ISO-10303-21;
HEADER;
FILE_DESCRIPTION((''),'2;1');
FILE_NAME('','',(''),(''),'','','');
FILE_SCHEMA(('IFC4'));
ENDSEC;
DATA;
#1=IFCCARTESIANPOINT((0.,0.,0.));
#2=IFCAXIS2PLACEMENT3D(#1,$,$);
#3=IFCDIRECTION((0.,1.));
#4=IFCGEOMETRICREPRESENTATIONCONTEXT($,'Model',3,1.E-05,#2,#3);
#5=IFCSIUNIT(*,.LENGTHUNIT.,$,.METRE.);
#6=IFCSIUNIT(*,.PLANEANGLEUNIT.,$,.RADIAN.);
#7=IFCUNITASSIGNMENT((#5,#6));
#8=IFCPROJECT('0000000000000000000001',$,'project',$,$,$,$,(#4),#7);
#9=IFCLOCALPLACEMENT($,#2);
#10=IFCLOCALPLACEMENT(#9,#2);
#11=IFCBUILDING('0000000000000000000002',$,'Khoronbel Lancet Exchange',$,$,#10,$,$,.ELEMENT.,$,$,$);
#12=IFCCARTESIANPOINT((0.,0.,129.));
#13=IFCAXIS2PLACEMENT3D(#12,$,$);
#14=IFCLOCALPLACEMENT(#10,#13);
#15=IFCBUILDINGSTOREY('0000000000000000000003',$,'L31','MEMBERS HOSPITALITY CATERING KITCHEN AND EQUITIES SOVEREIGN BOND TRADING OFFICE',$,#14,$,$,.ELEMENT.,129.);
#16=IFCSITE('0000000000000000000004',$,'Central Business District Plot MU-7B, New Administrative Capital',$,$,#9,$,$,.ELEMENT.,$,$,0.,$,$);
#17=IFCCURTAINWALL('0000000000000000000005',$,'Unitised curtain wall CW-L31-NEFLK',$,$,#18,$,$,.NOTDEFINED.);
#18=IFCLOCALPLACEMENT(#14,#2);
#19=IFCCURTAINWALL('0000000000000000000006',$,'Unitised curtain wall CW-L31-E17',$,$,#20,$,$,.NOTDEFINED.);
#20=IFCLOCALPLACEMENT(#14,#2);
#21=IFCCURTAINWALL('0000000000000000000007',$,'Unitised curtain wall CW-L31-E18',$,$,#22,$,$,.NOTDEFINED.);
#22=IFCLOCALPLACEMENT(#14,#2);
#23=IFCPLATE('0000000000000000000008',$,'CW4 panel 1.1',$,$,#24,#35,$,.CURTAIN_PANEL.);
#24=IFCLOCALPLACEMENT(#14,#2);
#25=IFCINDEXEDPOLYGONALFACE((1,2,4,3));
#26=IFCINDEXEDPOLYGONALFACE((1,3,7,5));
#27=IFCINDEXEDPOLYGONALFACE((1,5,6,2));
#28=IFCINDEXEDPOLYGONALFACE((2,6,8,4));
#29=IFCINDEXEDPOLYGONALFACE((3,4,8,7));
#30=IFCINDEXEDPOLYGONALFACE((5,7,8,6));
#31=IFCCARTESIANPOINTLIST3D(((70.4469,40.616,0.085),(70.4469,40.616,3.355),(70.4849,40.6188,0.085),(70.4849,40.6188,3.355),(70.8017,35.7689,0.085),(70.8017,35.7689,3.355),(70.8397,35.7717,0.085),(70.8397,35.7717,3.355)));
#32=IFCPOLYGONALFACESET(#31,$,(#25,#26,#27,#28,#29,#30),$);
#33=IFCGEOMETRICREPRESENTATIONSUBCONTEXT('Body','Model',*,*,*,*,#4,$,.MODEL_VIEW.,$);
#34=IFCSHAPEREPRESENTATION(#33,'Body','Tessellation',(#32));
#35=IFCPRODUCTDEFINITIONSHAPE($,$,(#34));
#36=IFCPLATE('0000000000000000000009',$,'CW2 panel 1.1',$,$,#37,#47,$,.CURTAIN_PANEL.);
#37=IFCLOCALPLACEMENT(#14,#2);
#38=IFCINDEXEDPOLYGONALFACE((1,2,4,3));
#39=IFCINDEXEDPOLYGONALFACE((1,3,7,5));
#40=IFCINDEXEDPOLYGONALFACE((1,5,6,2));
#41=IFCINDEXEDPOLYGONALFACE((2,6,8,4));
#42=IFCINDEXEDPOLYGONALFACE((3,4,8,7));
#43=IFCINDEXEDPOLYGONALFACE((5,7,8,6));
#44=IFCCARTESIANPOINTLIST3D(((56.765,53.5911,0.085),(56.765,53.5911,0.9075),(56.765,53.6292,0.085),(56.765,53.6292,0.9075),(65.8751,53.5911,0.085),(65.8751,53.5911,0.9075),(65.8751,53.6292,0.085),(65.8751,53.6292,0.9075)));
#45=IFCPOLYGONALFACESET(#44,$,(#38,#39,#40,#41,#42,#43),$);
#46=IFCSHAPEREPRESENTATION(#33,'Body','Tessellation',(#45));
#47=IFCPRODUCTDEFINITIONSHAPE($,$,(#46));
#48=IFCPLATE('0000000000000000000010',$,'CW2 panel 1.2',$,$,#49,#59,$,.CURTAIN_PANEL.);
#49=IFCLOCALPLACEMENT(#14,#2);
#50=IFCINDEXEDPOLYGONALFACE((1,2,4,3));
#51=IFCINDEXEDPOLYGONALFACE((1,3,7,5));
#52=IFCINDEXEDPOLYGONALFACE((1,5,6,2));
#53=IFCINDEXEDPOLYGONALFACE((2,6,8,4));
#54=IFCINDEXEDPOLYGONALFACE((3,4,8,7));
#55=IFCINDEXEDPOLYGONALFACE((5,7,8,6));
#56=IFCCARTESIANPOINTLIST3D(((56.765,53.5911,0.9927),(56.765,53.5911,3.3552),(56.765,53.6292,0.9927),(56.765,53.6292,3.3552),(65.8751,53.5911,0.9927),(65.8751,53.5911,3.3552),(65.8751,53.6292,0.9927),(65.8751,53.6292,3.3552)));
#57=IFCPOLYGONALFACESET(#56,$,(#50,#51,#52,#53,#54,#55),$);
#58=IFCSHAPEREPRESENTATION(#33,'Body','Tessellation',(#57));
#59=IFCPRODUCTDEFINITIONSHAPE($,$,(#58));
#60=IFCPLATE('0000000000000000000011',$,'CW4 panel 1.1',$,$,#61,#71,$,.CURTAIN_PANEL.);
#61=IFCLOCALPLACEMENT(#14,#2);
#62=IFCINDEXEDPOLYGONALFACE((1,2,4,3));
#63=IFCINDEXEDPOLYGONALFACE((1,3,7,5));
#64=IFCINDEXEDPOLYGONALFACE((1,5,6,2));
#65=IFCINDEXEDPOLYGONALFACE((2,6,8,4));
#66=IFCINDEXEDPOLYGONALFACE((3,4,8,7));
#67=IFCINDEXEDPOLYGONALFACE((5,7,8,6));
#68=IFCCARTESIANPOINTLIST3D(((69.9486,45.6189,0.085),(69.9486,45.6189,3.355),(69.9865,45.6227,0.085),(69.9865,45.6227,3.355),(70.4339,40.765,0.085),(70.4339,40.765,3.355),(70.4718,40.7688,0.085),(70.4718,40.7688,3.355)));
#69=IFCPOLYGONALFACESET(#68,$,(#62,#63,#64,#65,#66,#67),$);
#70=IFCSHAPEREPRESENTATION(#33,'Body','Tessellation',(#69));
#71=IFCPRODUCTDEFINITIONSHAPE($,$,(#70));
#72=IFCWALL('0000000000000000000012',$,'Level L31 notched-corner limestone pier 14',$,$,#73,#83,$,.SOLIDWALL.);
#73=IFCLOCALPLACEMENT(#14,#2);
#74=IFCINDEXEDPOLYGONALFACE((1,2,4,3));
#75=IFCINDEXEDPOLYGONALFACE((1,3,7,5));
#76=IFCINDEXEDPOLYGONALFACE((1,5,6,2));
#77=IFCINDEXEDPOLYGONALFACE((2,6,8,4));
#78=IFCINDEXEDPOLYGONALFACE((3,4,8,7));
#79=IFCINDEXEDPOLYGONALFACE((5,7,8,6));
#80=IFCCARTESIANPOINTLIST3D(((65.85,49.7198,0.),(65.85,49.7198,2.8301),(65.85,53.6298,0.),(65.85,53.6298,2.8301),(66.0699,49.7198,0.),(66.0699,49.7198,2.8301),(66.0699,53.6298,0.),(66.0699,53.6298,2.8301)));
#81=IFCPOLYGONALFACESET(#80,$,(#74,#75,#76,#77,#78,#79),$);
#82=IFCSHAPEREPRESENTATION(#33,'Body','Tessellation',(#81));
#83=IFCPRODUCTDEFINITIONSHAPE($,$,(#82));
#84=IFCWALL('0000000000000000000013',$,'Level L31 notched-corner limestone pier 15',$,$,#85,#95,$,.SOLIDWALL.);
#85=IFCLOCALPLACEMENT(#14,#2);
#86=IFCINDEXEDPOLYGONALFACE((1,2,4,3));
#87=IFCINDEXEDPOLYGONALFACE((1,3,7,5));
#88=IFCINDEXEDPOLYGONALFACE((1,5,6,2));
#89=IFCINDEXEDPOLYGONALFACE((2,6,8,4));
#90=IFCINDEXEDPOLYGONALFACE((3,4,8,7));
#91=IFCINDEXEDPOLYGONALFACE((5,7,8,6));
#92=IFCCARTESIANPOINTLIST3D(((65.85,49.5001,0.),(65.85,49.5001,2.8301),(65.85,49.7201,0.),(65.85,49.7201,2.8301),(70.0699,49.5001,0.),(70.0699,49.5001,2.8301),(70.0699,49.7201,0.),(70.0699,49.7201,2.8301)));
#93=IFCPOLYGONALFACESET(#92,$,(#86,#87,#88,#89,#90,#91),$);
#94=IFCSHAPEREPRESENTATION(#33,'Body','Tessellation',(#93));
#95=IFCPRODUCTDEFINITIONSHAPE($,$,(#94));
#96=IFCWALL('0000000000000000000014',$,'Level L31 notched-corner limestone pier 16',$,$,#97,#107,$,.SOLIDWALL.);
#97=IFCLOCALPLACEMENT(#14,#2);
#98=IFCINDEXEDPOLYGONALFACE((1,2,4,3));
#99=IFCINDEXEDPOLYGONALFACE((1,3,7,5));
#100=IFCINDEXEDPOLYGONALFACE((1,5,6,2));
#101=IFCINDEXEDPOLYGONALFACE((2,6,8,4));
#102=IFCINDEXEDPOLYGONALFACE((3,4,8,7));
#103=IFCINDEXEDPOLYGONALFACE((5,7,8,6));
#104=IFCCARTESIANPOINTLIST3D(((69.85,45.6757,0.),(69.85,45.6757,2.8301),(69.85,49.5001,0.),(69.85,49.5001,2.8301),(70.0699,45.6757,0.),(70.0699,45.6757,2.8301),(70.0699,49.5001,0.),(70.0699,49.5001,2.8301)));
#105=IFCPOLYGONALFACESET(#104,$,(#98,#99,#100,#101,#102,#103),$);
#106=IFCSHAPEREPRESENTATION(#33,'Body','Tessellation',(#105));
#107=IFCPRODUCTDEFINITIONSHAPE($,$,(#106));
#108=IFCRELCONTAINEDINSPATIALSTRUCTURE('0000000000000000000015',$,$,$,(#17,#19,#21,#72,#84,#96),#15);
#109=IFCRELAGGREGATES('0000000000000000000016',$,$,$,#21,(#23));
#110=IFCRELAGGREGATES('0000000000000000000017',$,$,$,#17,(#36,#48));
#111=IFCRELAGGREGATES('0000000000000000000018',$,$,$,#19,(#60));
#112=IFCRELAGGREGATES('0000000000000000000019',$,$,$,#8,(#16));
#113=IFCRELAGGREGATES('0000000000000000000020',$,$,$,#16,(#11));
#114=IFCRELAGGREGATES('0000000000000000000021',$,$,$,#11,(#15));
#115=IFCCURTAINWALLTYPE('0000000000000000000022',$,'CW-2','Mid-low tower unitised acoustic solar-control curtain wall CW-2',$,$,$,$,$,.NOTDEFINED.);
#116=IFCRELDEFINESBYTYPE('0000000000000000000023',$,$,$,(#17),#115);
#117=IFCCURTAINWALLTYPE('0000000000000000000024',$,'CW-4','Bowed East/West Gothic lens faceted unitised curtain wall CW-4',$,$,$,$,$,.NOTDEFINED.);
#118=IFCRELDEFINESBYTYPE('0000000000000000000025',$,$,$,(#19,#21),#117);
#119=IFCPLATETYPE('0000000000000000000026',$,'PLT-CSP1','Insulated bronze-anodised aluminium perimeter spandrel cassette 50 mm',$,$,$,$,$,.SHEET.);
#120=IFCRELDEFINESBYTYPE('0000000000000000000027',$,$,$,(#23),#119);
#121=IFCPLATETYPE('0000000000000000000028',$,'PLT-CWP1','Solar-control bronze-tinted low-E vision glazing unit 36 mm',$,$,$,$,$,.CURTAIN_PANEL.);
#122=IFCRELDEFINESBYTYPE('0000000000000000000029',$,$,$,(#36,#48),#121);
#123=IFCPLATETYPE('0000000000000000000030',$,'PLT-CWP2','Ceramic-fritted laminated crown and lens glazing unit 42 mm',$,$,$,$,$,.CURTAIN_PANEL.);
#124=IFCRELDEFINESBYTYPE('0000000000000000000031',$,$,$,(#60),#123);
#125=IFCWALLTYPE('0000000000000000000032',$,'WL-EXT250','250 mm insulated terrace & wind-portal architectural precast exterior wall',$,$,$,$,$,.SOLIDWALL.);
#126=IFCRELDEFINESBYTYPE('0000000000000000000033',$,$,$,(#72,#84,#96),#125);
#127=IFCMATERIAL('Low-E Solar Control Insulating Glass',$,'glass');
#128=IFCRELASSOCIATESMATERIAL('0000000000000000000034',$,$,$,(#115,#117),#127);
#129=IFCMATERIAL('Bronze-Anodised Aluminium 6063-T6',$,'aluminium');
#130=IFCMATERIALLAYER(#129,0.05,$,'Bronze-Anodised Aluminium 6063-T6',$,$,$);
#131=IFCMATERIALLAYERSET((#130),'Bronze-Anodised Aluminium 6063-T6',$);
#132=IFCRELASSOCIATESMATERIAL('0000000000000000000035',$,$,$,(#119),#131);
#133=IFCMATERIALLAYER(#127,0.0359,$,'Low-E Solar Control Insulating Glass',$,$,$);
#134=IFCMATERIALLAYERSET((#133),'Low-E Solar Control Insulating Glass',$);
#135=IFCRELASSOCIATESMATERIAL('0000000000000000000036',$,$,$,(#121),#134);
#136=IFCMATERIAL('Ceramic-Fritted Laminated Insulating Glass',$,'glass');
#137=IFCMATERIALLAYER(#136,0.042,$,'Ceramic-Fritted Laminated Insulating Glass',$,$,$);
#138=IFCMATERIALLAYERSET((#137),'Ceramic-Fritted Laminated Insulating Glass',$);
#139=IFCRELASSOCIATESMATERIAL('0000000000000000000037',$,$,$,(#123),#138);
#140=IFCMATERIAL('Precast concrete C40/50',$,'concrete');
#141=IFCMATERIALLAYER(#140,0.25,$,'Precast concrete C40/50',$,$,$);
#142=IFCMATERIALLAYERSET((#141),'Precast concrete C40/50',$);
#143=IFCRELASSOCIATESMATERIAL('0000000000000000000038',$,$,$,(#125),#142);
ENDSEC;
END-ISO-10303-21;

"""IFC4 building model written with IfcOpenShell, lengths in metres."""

from ifc_helpers import new_model, si_unit, direction, frame, frame_2d, origin, origin_2d, place, context, subcontext, project, spatial, rectangle, extrude, material, layer, layer_set, type_object, element, aggregate, save


model = new_model("IFC4")

# Units and contexts
model_context = context("Model", 3, precision=1e-05, world=origin(), true_north=direction((0.0, 1.0)))
body_context = subcontext(model_context, "Body", "Model", "MODEL_VIEW")
ifc_project = project(units=[si_unit("LENGTHUNIT", "METRE"), si_unit("PLANEANGLEUNIT", "RADIAN")], contexts=[model_context])

# Site, building, storey
site_placement = place(None, origin())
site = spatial("IfcSite", under=ifc_project, at=site_placement, Name="Central Business District Plot MU-7B, New Administrative Capital", CompositionType="ELEMENT", RefElevation=0.0)
building_placement = place(site_placement, origin())
building = spatial("IfcBuilding", under=site, at=building_placement, Name="Khoronbel Lancet Exchange", CompositionType="ELEMENT")
storey_placement = place(building_placement, frame((0.0, 0.0, 129.0)))
storey = spatial("IfcBuildingStorey", under=building, at=storey_placement, Name="L31", Description="MEMBERS HOSPITALITY CATERING KITCHEN AND EQUITIES SOVEREIGN BOND TRADING OFFICE", CompositionType="ELEMENT", Elevation=129.0)

# Curtain wall
ifc_material_1 = material(Name="Low-E Solar Control Insulating Glass", Category="glass")
curtain_wall_type_1 = type_object("IfcCurtainWallType", Name="CW-2", Description="Mid-low tower unitised acoustic solar-control curtain wall CW-2", PredefinedType="NOTDEFINED", material=ifc_material_1)
curtain_wall_1_placement = place(storey_placement, origin())
curtain_wall_1 = element("IfcCurtainWall", 1, at=curtain_wall_1_placement, inside=storey, type_object=curtain_wall_type_1, Name="Unitised curtain wall CW-L31-NEFLK", PredefinedType="NOTDEFINED")
ifc_material_2 = material(Name="Bronze-Anodised Aluminium 6063-T6", Category="aluminium")

# Curtain walls
curtain_wall_type_2 = type_object("IfcCurtainWallType", Name="CW-4", Description="Bowed East/West Gothic lens faceted unitised curtain wall CW-4", PredefinedType="NOTDEFINED", material=ifc_material_1)
curtain_wall_2_placement = place(storey_placement, origin())
curtain_wall_2 = element("IfcCurtainWall", 2, at=curtain_wall_2_placement, inside=storey, type_object=curtain_wall_type_2, Name="Unitised curtain wall CW-L31-E17", PredefinedType="NOTDEFINED")
curtain_wall_3_placement = place(storey_placement, origin())
curtain_wall_3 = element("IfcCurtainWall", 3, at=curtain_wall_3_placement, inside=storey, type_object=curtain_wall_type_2, Name="Unitised curtain wall CW-L31-E18", PredefinedType="NOTDEFINED")

# Plates
ifc_layer_1 = layer(ifc_material_2, 0.05, Name="Bronze-Anodised Aluminium 6063-T6")
ifc_layer_set_1 = layer_set([ifc_layer_1], Name="Bronze-Anodised Aluminium 6063-T6")
plate_type_1 = type_object("IfcPlateType", Name="PLT-CSP1", Description="Insulated bronze-anodised aluminium perimeter spandrel cassette 50 mm", PredefinedType="SHEET", material=ifc_layer_set_1)
plate_1_placement = place(storey_placement, frame((70.6433, 38.1938, 0.085), z_axis=(0.0, 0.0, 1.0), x_axis=(0.073013, -0.997331, 0.0)))
plate_1 = element("IfcPlate", 4, at=plate_1_placement, type_object=plate_type_1, Name="CW4 panel 1.1", PredefinedType="CURTAIN_PANEL", context=body_context, shape_type="SweptSolid", body=[
    extrude(rectangle(XDim=4.8601, YDim=0.0381, at=origin_2d()), origin(), (0.0, 0.0, 1.0), 3.27),
])
aggregate(curtain_wall_3, [plate_1])
ifc_layer_2 = layer(ifc_material_1, 0.0359, Name="Low-E Solar Control Insulating Glass")
ifc_layer_set_2 = layer_set([ifc_layer_2], Name="Low-E Solar Control Insulating Glass")
plate_type_2 = type_object("IfcPlateType", Name="PLT-CWP1", Description="Solar-control bronze-tinted low-E vision glazing unit 36 mm", PredefinedType="CURTAIN_PANEL", material=ifc_layer_set_2)
plate_2_placement = place(storey_placement, frame((61.3201, 53.6101, 0.085), z_axis=(0.0, 0.0, 1.0), x_axis=(-1.0, 0.0, 0.0)))
plate_2 = element("IfcPlate", 5, at=plate_2_placement, type_object=plate_type_2, Name="CW2 panel 1.1", PredefinedType="CURTAIN_PANEL", context=body_context, shape_type="SweptSolid", body=[
    extrude(rectangle(XDim=9.1101, YDim=0.0381, at=origin_2d()), origin(), (0.0, 0.0, 1.0), 0.8225),
])
plate_3_placement = place(storey_placement, frame((61.3201, 53.6101, 0.9927), z_axis=(0.0, 0.0, 1.0), x_axis=(-1.0, 0.0, 0.0)))
plate_3 = element("IfcPlate", 6, at=plate_3_placement, type_object=plate_type_2, Name="CW2 panel 1.2", PredefinedType="CURTAIN_PANEL", context=body_context, shape_type="SweptSolid", body=[
    extrude(rectangle(XDim=9.1101, YDim=0.0381, at=origin_2d()), origin(), (0.0, 0.0, 1.0), 2.3625),
])
aggregate(curtain_wall_1, [plate_2, plate_3])
ifc_material_3 = material(Name="Ceramic-Fritted Laminated Insulating Glass", Category="glass")
ifc_layer_3 = layer(ifc_material_3, 0.042, Name="Ceramic-Fritted Laminated Insulating Glass")
ifc_layer_set_3 = layer_set([ifc_layer_3], Name="Ceramic-Fritted Laminated Insulating Glass")
plate_type_3 = type_object("IfcPlateType", Name="PLT-CWP2", Description="Ceramic-fritted laminated crown and lens glazing unit 42 mm", PredefinedType="CURTAIN_PANEL", material=ifc_layer_set_3)
plate_4_placement = place(storey_placement, frame((70.2102, 43.1938, 0.085), z_axis=(0.0, 0.0, 1.0), x_axis=(0.099498, -0.995038, 0.0)))
plate_4 = element("IfcPlate", 7, at=plate_4_placement, type_object=plate_type_3, Name="CW4 panel 1.1", PredefinedType="CURTAIN_PANEL", context=body_context, shape_type="SweptSolid", body=[
    extrude(rectangle(XDim=4.8782, YDim=0.0381, at=origin_2d()), origin(), (0.0, 0.0, 1.0), 3.27),
])
aggregate(curtain_wall_2, [plate_4])

# Walls
ifc_material_4 = material(Name="Precast concrete C40/50", Category="concrete")
ifc_layer_4 = layer(ifc_material_4, 0.25, Name="Precast concrete C40/50")
ifc_layer_set_4 = layer_set([ifc_layer_4], Name="Precast concrete C40/50")
wall_type = type_object("IfcWallType", Name="WL-EXT250", Description="250 mm insulated terrace & wind-portal architectural precast exterior wall", PredefinedType="SOLIDWALL", material=ifc_layer_set_4)
wall_1_placement = place(storey_placement, frame((65.96, 53.6299, 0.0), z_axis=(0.0, 0.0, 1.0), x_axis=(0.0, -1.0, 0.0)))
element("IfcWall", 8, at=wall_1_placement, inside=storey, type_object=wall_type, Name="Level L31 notched-corner limestone pier 14", PredefinedType="SOLIDWALL", context=body_context, shape_type="SweptSolid", body=[
    extrude(rectangle(XDim=3.9099, YDim=0.22, at=frame_2d((1.9551, 0.0))), origin(), (0.0, 0.0, 1.0), 2.8301),
])
wall_2_placement = place(storey_placement, frame((65.8501, 49.6101, 0.0), z_axis=(0.0, 0.0, 1.0), x_axis=(1.0, 0.0, 0.0)))
element("IfcWall", 9, at=wall_2_placement, inside=storey, type_object=wall_type, Name="Level L31 notched-corner limestone pier 15", PredefinedType="SOLIDWALL", context=body_context, shape_type="SweptSolid", body=[
    extrude(rectangle(XDim=4.22, YDim=0.22, at=frame_2d((2.1099, 0.0))), origin(), (0.0, 0.0, 1.0), 2.8301),
])
wall_3_placement = place(storey_placement, frame((69.96, 49.5, 0.0), z_axis=(0.0, 0.0, 1.0), x_axis=(0.0, -1.0, 0.0)))
element("IfcWall", 10, at=wall_3_placement, inside=storey, type_object=wall_type, Name="Level L31 notched-corner limestone pier 16", PredefinedType="SOLIDWALL", context=body_context, shape_type="SweptSolid", body=[
    extrude(rectangle(XDim=3.8245, YDim=0.22, at=frame_2d((1.9121, 0.0))), origin(), (0.0, 0.0, 1.0), 2.8301),
])

save(model, "model.ifc")
